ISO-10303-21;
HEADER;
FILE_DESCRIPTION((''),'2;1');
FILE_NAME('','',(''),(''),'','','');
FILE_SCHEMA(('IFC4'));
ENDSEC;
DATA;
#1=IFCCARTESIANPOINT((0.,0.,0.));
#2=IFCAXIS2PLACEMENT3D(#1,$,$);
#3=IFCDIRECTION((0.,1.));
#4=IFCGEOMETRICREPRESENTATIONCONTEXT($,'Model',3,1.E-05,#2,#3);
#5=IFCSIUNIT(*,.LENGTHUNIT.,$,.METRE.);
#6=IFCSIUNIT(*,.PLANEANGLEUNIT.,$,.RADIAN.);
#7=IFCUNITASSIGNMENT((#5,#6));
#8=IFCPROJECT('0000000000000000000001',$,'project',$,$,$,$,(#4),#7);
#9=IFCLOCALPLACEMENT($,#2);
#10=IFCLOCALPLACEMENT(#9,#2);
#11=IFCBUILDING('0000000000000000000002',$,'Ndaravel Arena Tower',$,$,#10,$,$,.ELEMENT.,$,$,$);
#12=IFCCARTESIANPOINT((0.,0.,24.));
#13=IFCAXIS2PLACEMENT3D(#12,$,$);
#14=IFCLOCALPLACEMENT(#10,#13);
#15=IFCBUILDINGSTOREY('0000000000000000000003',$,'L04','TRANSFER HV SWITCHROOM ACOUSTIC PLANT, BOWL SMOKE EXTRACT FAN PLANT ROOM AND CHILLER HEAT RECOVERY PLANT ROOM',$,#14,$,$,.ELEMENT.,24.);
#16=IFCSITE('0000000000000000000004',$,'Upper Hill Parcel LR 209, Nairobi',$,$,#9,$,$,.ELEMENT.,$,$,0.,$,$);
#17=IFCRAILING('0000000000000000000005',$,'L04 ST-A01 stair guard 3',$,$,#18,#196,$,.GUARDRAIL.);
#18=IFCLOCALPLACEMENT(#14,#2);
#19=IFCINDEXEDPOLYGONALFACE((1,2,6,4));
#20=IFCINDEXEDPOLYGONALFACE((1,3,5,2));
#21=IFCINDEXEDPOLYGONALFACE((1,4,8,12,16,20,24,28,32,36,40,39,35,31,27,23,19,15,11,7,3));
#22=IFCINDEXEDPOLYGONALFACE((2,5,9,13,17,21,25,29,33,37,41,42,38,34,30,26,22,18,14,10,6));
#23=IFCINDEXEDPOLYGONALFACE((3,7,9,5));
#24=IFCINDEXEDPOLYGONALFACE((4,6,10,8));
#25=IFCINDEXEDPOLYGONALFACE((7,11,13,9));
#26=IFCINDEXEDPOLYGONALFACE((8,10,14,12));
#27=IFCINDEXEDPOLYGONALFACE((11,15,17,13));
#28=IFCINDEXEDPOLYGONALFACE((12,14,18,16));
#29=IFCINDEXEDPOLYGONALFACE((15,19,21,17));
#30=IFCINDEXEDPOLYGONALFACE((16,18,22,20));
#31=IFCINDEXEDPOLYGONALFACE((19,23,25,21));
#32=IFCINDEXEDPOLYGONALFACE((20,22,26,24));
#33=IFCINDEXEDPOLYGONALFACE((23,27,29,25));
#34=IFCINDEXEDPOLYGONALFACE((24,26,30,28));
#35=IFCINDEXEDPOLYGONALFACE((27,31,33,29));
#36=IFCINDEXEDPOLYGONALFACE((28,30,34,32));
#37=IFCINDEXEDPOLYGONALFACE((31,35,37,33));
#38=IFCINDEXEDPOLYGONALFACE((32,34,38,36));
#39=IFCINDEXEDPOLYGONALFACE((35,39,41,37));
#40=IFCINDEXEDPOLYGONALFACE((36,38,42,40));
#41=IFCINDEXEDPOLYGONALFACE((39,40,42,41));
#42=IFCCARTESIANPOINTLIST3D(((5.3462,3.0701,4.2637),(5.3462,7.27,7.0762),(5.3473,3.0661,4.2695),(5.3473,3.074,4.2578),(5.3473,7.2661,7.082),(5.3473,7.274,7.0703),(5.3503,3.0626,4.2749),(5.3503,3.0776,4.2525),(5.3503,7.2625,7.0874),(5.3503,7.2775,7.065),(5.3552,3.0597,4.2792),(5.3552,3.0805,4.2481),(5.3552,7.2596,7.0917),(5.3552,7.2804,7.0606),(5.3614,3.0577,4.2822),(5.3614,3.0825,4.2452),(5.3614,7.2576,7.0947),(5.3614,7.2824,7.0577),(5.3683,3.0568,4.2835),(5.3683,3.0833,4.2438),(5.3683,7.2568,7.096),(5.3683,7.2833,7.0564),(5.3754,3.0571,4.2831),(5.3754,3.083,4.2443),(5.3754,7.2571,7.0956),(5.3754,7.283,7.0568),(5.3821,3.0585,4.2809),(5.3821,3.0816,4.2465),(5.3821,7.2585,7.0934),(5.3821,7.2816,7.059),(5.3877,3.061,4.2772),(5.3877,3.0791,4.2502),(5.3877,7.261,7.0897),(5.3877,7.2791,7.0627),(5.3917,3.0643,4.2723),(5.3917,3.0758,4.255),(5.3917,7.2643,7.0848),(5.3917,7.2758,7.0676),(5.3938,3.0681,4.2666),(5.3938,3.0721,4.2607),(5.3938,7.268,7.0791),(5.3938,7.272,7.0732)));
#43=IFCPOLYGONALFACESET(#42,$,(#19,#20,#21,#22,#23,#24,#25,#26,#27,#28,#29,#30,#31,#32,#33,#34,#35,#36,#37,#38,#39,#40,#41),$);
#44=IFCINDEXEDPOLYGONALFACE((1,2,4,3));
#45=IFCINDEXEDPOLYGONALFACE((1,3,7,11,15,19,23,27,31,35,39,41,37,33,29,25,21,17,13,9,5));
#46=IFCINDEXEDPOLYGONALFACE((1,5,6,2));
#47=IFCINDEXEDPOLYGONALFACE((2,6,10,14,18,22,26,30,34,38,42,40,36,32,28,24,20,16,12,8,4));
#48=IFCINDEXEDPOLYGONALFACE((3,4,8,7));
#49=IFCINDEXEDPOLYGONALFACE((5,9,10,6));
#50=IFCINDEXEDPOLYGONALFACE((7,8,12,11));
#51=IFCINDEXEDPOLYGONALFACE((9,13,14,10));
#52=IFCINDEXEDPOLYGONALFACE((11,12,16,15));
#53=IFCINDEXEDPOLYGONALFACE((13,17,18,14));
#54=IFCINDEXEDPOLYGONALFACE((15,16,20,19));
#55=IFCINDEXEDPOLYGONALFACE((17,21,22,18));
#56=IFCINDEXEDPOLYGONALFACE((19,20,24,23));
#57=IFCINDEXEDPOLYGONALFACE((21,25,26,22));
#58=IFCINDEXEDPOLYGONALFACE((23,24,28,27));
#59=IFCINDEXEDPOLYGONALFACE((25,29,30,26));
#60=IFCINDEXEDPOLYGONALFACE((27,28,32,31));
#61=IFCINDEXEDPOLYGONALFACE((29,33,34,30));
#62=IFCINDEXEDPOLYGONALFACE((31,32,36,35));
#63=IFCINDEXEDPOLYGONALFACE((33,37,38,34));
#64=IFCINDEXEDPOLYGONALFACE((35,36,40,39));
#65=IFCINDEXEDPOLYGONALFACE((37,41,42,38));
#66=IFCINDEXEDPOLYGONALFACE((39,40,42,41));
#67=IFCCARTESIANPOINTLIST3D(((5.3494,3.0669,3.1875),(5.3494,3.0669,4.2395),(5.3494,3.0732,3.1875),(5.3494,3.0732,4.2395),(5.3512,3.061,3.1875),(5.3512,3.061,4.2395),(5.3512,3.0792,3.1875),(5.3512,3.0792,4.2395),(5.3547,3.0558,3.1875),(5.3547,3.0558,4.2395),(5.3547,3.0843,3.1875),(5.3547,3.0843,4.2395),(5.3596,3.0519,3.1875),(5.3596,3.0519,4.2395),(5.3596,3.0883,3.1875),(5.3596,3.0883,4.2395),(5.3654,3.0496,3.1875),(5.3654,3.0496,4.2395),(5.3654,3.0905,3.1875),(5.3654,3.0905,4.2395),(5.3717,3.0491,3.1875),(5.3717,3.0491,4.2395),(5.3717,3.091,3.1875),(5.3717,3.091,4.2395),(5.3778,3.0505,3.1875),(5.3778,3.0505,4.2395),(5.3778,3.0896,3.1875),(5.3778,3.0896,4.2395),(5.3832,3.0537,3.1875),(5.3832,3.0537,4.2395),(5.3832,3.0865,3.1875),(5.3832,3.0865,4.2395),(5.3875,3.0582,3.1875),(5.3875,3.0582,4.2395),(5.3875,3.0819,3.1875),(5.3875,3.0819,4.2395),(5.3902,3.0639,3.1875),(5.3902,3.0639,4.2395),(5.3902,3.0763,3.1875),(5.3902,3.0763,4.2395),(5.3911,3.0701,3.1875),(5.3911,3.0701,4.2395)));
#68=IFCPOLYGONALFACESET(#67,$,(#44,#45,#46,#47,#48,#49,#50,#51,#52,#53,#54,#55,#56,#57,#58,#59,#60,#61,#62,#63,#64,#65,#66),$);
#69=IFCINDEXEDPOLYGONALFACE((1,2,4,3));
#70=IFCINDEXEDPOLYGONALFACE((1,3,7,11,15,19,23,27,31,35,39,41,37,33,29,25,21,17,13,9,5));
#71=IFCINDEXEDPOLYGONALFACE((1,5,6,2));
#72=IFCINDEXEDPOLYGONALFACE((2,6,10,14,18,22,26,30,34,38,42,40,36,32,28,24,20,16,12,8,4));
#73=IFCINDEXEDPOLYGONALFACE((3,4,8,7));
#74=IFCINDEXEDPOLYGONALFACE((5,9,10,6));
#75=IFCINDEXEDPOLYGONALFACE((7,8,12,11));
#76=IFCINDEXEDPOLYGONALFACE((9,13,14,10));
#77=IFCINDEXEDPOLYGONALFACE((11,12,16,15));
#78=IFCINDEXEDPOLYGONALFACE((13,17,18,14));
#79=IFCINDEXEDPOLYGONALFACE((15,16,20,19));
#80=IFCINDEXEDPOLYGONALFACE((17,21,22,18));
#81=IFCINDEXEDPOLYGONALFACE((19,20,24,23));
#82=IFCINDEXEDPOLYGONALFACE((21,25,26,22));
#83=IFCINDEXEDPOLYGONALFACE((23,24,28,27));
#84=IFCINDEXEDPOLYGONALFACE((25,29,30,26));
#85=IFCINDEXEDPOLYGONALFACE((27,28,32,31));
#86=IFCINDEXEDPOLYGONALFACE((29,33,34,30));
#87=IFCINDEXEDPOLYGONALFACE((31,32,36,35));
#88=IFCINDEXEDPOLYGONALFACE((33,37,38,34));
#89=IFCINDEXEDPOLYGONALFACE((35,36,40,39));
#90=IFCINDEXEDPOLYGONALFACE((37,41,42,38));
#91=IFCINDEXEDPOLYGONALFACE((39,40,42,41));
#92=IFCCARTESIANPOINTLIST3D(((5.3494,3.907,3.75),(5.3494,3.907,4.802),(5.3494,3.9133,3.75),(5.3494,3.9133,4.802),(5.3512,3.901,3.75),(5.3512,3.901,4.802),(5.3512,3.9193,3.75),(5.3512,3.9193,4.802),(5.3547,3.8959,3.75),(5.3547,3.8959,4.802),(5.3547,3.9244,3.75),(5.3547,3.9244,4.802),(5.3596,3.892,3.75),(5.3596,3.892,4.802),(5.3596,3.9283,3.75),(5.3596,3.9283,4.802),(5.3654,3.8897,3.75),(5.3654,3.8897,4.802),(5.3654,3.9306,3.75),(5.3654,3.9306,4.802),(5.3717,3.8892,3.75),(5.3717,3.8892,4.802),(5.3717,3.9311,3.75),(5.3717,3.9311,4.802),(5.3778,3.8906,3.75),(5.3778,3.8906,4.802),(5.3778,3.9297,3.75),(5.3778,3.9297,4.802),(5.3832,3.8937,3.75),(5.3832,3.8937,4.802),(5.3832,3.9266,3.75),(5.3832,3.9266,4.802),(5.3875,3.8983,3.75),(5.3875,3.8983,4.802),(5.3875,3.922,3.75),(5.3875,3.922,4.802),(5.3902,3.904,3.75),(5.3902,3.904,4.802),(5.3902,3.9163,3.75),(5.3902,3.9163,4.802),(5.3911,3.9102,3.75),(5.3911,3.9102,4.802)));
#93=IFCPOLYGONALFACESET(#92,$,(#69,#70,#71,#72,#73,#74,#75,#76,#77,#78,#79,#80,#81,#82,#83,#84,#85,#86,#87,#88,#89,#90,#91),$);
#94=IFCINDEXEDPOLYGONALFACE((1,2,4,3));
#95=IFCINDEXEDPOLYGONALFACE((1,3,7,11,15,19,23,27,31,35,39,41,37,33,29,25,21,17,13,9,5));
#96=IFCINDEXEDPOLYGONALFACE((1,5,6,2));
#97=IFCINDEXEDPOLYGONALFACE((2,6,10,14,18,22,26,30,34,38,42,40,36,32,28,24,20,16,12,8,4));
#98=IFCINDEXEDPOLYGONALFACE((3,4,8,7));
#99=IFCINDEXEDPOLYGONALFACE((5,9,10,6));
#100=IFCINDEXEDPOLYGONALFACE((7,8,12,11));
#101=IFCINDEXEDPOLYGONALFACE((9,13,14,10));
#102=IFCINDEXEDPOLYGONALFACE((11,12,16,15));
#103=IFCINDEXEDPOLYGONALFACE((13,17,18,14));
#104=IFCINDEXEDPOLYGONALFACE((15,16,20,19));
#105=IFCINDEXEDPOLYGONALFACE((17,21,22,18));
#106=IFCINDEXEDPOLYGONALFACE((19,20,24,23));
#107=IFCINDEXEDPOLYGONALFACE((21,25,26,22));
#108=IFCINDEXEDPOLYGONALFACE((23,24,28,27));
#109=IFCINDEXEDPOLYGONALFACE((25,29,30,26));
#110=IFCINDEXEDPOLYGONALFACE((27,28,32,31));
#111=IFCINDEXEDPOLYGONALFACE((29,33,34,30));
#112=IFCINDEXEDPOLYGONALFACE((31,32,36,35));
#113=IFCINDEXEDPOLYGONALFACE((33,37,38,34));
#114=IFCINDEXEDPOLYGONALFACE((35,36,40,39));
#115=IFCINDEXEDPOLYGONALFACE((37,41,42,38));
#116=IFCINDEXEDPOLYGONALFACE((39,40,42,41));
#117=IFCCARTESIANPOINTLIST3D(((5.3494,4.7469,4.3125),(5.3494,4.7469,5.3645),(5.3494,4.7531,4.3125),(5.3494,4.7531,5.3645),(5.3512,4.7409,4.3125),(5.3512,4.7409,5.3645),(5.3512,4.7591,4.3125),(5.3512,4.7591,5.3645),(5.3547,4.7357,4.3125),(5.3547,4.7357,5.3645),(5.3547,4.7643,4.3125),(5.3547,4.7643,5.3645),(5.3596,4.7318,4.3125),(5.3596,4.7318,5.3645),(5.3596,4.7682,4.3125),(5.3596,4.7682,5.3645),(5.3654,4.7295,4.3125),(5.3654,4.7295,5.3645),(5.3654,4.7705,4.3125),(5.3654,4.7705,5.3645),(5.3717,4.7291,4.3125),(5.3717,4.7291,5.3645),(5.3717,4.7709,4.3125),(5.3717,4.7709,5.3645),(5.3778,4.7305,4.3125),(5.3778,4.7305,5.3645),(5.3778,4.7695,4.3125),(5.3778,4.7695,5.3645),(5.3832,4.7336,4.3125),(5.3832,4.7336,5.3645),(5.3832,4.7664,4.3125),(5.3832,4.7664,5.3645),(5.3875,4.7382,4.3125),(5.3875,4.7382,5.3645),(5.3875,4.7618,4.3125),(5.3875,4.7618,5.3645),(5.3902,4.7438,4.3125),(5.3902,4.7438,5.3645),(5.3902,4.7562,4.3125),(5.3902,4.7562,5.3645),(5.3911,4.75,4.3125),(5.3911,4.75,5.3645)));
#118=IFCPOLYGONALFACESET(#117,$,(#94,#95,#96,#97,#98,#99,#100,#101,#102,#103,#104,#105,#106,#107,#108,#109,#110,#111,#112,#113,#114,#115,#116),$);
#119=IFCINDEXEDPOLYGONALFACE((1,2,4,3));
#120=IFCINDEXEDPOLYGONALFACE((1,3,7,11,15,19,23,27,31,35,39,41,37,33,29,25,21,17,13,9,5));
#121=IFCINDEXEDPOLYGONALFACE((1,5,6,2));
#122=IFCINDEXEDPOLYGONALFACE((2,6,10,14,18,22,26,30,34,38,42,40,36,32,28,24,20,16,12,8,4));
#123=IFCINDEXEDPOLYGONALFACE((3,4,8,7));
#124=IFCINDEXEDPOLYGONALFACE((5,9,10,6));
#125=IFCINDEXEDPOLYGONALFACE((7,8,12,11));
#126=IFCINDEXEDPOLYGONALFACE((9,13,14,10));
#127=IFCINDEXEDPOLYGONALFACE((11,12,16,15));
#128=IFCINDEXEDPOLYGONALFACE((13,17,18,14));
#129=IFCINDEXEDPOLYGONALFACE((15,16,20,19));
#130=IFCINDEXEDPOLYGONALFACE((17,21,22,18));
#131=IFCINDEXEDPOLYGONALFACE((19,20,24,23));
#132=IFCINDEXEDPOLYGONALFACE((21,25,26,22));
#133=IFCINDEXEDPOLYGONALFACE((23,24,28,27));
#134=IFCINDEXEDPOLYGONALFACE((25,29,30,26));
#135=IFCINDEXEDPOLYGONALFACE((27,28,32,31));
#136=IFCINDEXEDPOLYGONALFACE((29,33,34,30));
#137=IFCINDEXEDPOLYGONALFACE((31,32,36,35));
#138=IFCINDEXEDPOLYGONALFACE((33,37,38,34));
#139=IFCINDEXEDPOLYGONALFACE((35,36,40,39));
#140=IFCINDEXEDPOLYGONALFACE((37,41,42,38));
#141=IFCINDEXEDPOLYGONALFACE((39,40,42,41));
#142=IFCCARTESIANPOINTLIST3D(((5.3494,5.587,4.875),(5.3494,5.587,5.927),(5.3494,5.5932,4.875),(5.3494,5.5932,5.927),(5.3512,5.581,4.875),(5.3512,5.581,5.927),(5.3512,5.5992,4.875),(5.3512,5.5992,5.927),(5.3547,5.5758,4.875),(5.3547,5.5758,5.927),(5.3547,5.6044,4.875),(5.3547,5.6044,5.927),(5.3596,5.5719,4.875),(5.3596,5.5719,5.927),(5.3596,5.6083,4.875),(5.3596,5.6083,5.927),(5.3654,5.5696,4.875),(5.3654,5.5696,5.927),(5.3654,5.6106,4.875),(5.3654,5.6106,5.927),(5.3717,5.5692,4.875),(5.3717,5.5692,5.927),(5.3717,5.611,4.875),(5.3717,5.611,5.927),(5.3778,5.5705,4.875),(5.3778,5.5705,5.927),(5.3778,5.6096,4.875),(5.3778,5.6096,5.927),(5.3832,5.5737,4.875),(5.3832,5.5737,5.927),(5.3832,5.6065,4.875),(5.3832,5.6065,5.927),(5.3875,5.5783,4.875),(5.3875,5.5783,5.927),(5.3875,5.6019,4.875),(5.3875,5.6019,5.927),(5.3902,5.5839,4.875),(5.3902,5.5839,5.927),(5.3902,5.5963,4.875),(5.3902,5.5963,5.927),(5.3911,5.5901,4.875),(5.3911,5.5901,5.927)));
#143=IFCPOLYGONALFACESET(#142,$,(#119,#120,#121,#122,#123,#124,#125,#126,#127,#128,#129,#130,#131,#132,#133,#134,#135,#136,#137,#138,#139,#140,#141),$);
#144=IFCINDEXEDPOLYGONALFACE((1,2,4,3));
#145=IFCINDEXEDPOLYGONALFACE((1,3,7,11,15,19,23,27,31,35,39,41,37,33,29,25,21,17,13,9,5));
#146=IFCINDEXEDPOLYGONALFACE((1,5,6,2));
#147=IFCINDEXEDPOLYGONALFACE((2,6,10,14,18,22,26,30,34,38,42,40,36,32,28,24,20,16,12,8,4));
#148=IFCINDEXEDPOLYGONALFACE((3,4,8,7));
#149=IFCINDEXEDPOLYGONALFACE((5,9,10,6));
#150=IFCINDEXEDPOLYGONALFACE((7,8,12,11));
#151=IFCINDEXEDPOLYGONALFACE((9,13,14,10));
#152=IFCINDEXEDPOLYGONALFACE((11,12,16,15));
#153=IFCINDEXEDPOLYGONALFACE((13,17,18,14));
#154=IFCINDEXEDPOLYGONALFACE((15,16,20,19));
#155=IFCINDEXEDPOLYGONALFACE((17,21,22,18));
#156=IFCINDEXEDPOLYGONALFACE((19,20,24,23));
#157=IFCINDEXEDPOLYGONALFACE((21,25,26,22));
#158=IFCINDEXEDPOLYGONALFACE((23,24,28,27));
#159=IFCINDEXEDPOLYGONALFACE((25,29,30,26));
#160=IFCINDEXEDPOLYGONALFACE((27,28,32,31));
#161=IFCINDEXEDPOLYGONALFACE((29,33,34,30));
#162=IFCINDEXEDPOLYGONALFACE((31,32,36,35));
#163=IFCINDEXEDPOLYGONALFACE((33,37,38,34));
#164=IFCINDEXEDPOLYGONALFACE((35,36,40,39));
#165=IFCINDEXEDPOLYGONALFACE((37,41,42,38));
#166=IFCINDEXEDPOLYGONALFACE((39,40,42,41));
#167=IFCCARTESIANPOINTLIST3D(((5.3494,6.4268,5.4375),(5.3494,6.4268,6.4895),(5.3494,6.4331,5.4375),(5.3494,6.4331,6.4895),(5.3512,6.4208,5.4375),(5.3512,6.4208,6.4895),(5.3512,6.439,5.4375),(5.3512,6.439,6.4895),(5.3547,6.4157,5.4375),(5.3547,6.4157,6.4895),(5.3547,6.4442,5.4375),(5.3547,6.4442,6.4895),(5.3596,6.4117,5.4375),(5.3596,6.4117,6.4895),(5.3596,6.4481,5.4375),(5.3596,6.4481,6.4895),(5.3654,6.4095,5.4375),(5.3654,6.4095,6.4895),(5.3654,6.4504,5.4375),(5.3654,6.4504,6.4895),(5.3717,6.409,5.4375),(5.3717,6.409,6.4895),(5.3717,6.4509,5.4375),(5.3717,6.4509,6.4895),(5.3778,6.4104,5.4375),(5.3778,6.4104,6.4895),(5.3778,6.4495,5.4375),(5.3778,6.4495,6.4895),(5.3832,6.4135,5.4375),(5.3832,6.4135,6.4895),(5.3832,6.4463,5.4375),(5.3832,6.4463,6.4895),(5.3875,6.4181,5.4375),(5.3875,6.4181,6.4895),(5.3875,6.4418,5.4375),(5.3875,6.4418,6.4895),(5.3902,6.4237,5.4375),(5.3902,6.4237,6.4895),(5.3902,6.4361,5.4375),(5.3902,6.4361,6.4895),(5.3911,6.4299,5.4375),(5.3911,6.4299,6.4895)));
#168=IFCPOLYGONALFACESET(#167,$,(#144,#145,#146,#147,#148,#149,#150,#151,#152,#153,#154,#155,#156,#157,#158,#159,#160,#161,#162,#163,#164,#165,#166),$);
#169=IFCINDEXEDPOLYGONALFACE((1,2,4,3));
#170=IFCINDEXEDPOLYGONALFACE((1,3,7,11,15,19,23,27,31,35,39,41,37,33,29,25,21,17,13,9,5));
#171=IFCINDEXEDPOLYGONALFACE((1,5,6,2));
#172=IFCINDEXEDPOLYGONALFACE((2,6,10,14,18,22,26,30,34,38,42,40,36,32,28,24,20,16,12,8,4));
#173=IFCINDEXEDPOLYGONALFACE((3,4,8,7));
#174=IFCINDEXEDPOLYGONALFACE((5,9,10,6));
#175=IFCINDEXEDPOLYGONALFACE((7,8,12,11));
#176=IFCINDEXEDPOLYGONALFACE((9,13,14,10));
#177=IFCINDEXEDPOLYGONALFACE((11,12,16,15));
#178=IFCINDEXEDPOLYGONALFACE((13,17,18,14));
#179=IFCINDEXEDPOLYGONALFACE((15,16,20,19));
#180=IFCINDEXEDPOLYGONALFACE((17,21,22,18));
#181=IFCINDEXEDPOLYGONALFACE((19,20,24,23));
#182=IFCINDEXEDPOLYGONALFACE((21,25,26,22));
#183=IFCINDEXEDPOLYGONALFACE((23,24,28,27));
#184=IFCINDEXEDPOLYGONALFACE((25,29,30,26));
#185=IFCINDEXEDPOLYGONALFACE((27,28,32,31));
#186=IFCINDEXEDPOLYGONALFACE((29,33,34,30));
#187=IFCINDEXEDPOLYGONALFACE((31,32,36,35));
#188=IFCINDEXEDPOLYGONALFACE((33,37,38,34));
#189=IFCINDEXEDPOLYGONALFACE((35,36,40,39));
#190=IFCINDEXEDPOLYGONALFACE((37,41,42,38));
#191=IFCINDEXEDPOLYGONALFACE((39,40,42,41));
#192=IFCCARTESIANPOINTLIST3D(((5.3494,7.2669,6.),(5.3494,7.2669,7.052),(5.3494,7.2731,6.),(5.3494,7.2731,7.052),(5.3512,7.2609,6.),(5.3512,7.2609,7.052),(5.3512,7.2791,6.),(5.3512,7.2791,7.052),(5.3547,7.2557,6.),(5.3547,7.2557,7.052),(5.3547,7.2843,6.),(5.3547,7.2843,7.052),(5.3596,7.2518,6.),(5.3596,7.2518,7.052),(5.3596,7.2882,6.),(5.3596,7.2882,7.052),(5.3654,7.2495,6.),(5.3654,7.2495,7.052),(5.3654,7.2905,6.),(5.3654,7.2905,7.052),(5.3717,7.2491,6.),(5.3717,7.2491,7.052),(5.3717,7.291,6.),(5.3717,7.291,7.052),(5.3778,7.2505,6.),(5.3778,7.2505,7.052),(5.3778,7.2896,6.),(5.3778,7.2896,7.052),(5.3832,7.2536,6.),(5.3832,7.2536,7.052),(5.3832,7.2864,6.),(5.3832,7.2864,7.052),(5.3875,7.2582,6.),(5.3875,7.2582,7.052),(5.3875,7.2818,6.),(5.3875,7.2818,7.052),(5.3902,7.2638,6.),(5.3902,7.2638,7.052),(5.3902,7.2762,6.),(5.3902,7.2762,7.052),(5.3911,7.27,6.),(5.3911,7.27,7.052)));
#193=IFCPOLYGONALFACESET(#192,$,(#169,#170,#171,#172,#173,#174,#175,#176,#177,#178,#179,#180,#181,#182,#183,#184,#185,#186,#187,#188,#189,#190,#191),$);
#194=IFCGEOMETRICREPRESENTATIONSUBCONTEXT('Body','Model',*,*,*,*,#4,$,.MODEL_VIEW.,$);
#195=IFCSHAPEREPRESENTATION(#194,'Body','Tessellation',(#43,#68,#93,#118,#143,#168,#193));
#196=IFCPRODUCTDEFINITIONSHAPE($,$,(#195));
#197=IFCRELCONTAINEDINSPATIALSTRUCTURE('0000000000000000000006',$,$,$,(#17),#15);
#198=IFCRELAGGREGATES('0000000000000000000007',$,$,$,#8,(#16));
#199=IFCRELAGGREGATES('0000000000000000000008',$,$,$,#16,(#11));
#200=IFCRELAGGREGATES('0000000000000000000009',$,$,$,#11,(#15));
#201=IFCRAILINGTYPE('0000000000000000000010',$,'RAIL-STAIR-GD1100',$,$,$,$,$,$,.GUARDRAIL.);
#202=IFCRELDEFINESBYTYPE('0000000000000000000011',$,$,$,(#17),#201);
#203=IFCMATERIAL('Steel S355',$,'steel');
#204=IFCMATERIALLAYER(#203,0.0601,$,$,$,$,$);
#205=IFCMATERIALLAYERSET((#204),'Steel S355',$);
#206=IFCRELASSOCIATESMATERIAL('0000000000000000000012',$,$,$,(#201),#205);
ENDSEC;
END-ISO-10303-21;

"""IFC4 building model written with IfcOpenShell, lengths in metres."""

from ifc_helpers import new_model, si_unit, direction, frame, origin, origin_2d, place, context, subcontext, project, spatial, circle, extrude, material, layer, layer_set, type_object, element, save


model = new_model("IFC4")

# Units and contexts
model_context = context("Model", 3, precision=1e-05, world=origin(), true_north=direction((0.0, 1.0)))
body_context = subcontext(model_context, "Body", "Model", "MODEL_VIEW")
ifc_project = project(units=[si_unit("LENGTHUNIT", "METRE"), si_unit("PLANEANGLEUNIT", "RADIAN")], contexts=[model_context])

# Site, building, storey
site_placement = place(None, origin())
site = spatial("IfcSite", under=ifc_project, at=site_placement, Name="Upper Hill Parcel LR 209, Nairobi", CompositionType="ELEMENT", RefElevation=0.0)
building_placement = place(site_placement, origin())
building = spatial("IfcBuilding", under=site, at=building_placement, Name="Ndaravel Arena Tower", CompositionType="ELEMENT")
storey_placement = place(building_placement, frame((0.0, 0.0, 24.0)))
storey = spatial("IfcBuildingStorey", under=building, at=storey_placement, Name="L04", Description="TRANSFER HV SWITCHROOM ACOUSTIC PLANT, BOWL SMOKE EXTRACT FAN PLANT ROOM AND CHILLER HEAT RECOVERY PLANT ROOM", CompositionType="ELEMENT", Elevation=24.0)

# Railing
ifc_material_1 = material(Name="Steel S355", Category="steel")
ifc_layer_1 = layer(ifc_material_1, 0.0601)
ifc_layer_set_1 = layer_set([ifc_layer_1], Name="Steel S355")
railing_type_1 = type_object("IfcRailingType", Name="RAIL-STAIR-GD1100", PredefinedType="GUARDRAIL", material=ifc_layer_set_1)
railing_1_placement = place(storey_placement, frame((5.3701, 3.0701, 3.1875)))
element("IfcRailing", 1, at=railing_1_placement, inside=storey, type_object=railing_type_1, Name="L04 ST-A01 stair guard 3", PredefinedType="GUARDRAIL", context=body_context, shape_type="SweptSolid", body=[
    extrude(circle(Radius=0.0239, at=origin_2d()), frame((0.0, 0.0, 1.0762), z_axis=(0.0, 0.830904, 0.556416), x_axis=(-1.0, 0.0, 0.0)), (0.0, 0.0, 1.0), 5.0547),
    extrude(circle(Radius=0.021, at=origin_2d()), origin(), (0.0, 0.0, 1.0), 1.052),
    extrude(circle(Radius=0.021, at=origin_2d()), frame((0.0, 0.8401, 0.5625)), (0.0, 0.0, 1.0), 1.052),
    extrude(circle(Radius=0.021, at=origin_2d()), frame((0.0, 1.6799, 1.125)), (0.0, 0.0, 1.0), 1.052),
    extrude(circle(Radius=0.021, at=origin_2d()), frame((0.0, 2.52, 1.6875)), (0.0, 0.0, 1.0), 1.052),
    extrude(circle(Radius=0.021, at=origin_2d()), frame((0.0, 3.3599, 2.25)), (0.0, 0.0, 1.0), 1.052),
    extrude(circle(Radius=0.021, at=origin_2d()), frame((0.0, 4.2, 2.8125)), (0.0, 0.0, 1.0), 1.052),
])

save(model, "model.ifc")
